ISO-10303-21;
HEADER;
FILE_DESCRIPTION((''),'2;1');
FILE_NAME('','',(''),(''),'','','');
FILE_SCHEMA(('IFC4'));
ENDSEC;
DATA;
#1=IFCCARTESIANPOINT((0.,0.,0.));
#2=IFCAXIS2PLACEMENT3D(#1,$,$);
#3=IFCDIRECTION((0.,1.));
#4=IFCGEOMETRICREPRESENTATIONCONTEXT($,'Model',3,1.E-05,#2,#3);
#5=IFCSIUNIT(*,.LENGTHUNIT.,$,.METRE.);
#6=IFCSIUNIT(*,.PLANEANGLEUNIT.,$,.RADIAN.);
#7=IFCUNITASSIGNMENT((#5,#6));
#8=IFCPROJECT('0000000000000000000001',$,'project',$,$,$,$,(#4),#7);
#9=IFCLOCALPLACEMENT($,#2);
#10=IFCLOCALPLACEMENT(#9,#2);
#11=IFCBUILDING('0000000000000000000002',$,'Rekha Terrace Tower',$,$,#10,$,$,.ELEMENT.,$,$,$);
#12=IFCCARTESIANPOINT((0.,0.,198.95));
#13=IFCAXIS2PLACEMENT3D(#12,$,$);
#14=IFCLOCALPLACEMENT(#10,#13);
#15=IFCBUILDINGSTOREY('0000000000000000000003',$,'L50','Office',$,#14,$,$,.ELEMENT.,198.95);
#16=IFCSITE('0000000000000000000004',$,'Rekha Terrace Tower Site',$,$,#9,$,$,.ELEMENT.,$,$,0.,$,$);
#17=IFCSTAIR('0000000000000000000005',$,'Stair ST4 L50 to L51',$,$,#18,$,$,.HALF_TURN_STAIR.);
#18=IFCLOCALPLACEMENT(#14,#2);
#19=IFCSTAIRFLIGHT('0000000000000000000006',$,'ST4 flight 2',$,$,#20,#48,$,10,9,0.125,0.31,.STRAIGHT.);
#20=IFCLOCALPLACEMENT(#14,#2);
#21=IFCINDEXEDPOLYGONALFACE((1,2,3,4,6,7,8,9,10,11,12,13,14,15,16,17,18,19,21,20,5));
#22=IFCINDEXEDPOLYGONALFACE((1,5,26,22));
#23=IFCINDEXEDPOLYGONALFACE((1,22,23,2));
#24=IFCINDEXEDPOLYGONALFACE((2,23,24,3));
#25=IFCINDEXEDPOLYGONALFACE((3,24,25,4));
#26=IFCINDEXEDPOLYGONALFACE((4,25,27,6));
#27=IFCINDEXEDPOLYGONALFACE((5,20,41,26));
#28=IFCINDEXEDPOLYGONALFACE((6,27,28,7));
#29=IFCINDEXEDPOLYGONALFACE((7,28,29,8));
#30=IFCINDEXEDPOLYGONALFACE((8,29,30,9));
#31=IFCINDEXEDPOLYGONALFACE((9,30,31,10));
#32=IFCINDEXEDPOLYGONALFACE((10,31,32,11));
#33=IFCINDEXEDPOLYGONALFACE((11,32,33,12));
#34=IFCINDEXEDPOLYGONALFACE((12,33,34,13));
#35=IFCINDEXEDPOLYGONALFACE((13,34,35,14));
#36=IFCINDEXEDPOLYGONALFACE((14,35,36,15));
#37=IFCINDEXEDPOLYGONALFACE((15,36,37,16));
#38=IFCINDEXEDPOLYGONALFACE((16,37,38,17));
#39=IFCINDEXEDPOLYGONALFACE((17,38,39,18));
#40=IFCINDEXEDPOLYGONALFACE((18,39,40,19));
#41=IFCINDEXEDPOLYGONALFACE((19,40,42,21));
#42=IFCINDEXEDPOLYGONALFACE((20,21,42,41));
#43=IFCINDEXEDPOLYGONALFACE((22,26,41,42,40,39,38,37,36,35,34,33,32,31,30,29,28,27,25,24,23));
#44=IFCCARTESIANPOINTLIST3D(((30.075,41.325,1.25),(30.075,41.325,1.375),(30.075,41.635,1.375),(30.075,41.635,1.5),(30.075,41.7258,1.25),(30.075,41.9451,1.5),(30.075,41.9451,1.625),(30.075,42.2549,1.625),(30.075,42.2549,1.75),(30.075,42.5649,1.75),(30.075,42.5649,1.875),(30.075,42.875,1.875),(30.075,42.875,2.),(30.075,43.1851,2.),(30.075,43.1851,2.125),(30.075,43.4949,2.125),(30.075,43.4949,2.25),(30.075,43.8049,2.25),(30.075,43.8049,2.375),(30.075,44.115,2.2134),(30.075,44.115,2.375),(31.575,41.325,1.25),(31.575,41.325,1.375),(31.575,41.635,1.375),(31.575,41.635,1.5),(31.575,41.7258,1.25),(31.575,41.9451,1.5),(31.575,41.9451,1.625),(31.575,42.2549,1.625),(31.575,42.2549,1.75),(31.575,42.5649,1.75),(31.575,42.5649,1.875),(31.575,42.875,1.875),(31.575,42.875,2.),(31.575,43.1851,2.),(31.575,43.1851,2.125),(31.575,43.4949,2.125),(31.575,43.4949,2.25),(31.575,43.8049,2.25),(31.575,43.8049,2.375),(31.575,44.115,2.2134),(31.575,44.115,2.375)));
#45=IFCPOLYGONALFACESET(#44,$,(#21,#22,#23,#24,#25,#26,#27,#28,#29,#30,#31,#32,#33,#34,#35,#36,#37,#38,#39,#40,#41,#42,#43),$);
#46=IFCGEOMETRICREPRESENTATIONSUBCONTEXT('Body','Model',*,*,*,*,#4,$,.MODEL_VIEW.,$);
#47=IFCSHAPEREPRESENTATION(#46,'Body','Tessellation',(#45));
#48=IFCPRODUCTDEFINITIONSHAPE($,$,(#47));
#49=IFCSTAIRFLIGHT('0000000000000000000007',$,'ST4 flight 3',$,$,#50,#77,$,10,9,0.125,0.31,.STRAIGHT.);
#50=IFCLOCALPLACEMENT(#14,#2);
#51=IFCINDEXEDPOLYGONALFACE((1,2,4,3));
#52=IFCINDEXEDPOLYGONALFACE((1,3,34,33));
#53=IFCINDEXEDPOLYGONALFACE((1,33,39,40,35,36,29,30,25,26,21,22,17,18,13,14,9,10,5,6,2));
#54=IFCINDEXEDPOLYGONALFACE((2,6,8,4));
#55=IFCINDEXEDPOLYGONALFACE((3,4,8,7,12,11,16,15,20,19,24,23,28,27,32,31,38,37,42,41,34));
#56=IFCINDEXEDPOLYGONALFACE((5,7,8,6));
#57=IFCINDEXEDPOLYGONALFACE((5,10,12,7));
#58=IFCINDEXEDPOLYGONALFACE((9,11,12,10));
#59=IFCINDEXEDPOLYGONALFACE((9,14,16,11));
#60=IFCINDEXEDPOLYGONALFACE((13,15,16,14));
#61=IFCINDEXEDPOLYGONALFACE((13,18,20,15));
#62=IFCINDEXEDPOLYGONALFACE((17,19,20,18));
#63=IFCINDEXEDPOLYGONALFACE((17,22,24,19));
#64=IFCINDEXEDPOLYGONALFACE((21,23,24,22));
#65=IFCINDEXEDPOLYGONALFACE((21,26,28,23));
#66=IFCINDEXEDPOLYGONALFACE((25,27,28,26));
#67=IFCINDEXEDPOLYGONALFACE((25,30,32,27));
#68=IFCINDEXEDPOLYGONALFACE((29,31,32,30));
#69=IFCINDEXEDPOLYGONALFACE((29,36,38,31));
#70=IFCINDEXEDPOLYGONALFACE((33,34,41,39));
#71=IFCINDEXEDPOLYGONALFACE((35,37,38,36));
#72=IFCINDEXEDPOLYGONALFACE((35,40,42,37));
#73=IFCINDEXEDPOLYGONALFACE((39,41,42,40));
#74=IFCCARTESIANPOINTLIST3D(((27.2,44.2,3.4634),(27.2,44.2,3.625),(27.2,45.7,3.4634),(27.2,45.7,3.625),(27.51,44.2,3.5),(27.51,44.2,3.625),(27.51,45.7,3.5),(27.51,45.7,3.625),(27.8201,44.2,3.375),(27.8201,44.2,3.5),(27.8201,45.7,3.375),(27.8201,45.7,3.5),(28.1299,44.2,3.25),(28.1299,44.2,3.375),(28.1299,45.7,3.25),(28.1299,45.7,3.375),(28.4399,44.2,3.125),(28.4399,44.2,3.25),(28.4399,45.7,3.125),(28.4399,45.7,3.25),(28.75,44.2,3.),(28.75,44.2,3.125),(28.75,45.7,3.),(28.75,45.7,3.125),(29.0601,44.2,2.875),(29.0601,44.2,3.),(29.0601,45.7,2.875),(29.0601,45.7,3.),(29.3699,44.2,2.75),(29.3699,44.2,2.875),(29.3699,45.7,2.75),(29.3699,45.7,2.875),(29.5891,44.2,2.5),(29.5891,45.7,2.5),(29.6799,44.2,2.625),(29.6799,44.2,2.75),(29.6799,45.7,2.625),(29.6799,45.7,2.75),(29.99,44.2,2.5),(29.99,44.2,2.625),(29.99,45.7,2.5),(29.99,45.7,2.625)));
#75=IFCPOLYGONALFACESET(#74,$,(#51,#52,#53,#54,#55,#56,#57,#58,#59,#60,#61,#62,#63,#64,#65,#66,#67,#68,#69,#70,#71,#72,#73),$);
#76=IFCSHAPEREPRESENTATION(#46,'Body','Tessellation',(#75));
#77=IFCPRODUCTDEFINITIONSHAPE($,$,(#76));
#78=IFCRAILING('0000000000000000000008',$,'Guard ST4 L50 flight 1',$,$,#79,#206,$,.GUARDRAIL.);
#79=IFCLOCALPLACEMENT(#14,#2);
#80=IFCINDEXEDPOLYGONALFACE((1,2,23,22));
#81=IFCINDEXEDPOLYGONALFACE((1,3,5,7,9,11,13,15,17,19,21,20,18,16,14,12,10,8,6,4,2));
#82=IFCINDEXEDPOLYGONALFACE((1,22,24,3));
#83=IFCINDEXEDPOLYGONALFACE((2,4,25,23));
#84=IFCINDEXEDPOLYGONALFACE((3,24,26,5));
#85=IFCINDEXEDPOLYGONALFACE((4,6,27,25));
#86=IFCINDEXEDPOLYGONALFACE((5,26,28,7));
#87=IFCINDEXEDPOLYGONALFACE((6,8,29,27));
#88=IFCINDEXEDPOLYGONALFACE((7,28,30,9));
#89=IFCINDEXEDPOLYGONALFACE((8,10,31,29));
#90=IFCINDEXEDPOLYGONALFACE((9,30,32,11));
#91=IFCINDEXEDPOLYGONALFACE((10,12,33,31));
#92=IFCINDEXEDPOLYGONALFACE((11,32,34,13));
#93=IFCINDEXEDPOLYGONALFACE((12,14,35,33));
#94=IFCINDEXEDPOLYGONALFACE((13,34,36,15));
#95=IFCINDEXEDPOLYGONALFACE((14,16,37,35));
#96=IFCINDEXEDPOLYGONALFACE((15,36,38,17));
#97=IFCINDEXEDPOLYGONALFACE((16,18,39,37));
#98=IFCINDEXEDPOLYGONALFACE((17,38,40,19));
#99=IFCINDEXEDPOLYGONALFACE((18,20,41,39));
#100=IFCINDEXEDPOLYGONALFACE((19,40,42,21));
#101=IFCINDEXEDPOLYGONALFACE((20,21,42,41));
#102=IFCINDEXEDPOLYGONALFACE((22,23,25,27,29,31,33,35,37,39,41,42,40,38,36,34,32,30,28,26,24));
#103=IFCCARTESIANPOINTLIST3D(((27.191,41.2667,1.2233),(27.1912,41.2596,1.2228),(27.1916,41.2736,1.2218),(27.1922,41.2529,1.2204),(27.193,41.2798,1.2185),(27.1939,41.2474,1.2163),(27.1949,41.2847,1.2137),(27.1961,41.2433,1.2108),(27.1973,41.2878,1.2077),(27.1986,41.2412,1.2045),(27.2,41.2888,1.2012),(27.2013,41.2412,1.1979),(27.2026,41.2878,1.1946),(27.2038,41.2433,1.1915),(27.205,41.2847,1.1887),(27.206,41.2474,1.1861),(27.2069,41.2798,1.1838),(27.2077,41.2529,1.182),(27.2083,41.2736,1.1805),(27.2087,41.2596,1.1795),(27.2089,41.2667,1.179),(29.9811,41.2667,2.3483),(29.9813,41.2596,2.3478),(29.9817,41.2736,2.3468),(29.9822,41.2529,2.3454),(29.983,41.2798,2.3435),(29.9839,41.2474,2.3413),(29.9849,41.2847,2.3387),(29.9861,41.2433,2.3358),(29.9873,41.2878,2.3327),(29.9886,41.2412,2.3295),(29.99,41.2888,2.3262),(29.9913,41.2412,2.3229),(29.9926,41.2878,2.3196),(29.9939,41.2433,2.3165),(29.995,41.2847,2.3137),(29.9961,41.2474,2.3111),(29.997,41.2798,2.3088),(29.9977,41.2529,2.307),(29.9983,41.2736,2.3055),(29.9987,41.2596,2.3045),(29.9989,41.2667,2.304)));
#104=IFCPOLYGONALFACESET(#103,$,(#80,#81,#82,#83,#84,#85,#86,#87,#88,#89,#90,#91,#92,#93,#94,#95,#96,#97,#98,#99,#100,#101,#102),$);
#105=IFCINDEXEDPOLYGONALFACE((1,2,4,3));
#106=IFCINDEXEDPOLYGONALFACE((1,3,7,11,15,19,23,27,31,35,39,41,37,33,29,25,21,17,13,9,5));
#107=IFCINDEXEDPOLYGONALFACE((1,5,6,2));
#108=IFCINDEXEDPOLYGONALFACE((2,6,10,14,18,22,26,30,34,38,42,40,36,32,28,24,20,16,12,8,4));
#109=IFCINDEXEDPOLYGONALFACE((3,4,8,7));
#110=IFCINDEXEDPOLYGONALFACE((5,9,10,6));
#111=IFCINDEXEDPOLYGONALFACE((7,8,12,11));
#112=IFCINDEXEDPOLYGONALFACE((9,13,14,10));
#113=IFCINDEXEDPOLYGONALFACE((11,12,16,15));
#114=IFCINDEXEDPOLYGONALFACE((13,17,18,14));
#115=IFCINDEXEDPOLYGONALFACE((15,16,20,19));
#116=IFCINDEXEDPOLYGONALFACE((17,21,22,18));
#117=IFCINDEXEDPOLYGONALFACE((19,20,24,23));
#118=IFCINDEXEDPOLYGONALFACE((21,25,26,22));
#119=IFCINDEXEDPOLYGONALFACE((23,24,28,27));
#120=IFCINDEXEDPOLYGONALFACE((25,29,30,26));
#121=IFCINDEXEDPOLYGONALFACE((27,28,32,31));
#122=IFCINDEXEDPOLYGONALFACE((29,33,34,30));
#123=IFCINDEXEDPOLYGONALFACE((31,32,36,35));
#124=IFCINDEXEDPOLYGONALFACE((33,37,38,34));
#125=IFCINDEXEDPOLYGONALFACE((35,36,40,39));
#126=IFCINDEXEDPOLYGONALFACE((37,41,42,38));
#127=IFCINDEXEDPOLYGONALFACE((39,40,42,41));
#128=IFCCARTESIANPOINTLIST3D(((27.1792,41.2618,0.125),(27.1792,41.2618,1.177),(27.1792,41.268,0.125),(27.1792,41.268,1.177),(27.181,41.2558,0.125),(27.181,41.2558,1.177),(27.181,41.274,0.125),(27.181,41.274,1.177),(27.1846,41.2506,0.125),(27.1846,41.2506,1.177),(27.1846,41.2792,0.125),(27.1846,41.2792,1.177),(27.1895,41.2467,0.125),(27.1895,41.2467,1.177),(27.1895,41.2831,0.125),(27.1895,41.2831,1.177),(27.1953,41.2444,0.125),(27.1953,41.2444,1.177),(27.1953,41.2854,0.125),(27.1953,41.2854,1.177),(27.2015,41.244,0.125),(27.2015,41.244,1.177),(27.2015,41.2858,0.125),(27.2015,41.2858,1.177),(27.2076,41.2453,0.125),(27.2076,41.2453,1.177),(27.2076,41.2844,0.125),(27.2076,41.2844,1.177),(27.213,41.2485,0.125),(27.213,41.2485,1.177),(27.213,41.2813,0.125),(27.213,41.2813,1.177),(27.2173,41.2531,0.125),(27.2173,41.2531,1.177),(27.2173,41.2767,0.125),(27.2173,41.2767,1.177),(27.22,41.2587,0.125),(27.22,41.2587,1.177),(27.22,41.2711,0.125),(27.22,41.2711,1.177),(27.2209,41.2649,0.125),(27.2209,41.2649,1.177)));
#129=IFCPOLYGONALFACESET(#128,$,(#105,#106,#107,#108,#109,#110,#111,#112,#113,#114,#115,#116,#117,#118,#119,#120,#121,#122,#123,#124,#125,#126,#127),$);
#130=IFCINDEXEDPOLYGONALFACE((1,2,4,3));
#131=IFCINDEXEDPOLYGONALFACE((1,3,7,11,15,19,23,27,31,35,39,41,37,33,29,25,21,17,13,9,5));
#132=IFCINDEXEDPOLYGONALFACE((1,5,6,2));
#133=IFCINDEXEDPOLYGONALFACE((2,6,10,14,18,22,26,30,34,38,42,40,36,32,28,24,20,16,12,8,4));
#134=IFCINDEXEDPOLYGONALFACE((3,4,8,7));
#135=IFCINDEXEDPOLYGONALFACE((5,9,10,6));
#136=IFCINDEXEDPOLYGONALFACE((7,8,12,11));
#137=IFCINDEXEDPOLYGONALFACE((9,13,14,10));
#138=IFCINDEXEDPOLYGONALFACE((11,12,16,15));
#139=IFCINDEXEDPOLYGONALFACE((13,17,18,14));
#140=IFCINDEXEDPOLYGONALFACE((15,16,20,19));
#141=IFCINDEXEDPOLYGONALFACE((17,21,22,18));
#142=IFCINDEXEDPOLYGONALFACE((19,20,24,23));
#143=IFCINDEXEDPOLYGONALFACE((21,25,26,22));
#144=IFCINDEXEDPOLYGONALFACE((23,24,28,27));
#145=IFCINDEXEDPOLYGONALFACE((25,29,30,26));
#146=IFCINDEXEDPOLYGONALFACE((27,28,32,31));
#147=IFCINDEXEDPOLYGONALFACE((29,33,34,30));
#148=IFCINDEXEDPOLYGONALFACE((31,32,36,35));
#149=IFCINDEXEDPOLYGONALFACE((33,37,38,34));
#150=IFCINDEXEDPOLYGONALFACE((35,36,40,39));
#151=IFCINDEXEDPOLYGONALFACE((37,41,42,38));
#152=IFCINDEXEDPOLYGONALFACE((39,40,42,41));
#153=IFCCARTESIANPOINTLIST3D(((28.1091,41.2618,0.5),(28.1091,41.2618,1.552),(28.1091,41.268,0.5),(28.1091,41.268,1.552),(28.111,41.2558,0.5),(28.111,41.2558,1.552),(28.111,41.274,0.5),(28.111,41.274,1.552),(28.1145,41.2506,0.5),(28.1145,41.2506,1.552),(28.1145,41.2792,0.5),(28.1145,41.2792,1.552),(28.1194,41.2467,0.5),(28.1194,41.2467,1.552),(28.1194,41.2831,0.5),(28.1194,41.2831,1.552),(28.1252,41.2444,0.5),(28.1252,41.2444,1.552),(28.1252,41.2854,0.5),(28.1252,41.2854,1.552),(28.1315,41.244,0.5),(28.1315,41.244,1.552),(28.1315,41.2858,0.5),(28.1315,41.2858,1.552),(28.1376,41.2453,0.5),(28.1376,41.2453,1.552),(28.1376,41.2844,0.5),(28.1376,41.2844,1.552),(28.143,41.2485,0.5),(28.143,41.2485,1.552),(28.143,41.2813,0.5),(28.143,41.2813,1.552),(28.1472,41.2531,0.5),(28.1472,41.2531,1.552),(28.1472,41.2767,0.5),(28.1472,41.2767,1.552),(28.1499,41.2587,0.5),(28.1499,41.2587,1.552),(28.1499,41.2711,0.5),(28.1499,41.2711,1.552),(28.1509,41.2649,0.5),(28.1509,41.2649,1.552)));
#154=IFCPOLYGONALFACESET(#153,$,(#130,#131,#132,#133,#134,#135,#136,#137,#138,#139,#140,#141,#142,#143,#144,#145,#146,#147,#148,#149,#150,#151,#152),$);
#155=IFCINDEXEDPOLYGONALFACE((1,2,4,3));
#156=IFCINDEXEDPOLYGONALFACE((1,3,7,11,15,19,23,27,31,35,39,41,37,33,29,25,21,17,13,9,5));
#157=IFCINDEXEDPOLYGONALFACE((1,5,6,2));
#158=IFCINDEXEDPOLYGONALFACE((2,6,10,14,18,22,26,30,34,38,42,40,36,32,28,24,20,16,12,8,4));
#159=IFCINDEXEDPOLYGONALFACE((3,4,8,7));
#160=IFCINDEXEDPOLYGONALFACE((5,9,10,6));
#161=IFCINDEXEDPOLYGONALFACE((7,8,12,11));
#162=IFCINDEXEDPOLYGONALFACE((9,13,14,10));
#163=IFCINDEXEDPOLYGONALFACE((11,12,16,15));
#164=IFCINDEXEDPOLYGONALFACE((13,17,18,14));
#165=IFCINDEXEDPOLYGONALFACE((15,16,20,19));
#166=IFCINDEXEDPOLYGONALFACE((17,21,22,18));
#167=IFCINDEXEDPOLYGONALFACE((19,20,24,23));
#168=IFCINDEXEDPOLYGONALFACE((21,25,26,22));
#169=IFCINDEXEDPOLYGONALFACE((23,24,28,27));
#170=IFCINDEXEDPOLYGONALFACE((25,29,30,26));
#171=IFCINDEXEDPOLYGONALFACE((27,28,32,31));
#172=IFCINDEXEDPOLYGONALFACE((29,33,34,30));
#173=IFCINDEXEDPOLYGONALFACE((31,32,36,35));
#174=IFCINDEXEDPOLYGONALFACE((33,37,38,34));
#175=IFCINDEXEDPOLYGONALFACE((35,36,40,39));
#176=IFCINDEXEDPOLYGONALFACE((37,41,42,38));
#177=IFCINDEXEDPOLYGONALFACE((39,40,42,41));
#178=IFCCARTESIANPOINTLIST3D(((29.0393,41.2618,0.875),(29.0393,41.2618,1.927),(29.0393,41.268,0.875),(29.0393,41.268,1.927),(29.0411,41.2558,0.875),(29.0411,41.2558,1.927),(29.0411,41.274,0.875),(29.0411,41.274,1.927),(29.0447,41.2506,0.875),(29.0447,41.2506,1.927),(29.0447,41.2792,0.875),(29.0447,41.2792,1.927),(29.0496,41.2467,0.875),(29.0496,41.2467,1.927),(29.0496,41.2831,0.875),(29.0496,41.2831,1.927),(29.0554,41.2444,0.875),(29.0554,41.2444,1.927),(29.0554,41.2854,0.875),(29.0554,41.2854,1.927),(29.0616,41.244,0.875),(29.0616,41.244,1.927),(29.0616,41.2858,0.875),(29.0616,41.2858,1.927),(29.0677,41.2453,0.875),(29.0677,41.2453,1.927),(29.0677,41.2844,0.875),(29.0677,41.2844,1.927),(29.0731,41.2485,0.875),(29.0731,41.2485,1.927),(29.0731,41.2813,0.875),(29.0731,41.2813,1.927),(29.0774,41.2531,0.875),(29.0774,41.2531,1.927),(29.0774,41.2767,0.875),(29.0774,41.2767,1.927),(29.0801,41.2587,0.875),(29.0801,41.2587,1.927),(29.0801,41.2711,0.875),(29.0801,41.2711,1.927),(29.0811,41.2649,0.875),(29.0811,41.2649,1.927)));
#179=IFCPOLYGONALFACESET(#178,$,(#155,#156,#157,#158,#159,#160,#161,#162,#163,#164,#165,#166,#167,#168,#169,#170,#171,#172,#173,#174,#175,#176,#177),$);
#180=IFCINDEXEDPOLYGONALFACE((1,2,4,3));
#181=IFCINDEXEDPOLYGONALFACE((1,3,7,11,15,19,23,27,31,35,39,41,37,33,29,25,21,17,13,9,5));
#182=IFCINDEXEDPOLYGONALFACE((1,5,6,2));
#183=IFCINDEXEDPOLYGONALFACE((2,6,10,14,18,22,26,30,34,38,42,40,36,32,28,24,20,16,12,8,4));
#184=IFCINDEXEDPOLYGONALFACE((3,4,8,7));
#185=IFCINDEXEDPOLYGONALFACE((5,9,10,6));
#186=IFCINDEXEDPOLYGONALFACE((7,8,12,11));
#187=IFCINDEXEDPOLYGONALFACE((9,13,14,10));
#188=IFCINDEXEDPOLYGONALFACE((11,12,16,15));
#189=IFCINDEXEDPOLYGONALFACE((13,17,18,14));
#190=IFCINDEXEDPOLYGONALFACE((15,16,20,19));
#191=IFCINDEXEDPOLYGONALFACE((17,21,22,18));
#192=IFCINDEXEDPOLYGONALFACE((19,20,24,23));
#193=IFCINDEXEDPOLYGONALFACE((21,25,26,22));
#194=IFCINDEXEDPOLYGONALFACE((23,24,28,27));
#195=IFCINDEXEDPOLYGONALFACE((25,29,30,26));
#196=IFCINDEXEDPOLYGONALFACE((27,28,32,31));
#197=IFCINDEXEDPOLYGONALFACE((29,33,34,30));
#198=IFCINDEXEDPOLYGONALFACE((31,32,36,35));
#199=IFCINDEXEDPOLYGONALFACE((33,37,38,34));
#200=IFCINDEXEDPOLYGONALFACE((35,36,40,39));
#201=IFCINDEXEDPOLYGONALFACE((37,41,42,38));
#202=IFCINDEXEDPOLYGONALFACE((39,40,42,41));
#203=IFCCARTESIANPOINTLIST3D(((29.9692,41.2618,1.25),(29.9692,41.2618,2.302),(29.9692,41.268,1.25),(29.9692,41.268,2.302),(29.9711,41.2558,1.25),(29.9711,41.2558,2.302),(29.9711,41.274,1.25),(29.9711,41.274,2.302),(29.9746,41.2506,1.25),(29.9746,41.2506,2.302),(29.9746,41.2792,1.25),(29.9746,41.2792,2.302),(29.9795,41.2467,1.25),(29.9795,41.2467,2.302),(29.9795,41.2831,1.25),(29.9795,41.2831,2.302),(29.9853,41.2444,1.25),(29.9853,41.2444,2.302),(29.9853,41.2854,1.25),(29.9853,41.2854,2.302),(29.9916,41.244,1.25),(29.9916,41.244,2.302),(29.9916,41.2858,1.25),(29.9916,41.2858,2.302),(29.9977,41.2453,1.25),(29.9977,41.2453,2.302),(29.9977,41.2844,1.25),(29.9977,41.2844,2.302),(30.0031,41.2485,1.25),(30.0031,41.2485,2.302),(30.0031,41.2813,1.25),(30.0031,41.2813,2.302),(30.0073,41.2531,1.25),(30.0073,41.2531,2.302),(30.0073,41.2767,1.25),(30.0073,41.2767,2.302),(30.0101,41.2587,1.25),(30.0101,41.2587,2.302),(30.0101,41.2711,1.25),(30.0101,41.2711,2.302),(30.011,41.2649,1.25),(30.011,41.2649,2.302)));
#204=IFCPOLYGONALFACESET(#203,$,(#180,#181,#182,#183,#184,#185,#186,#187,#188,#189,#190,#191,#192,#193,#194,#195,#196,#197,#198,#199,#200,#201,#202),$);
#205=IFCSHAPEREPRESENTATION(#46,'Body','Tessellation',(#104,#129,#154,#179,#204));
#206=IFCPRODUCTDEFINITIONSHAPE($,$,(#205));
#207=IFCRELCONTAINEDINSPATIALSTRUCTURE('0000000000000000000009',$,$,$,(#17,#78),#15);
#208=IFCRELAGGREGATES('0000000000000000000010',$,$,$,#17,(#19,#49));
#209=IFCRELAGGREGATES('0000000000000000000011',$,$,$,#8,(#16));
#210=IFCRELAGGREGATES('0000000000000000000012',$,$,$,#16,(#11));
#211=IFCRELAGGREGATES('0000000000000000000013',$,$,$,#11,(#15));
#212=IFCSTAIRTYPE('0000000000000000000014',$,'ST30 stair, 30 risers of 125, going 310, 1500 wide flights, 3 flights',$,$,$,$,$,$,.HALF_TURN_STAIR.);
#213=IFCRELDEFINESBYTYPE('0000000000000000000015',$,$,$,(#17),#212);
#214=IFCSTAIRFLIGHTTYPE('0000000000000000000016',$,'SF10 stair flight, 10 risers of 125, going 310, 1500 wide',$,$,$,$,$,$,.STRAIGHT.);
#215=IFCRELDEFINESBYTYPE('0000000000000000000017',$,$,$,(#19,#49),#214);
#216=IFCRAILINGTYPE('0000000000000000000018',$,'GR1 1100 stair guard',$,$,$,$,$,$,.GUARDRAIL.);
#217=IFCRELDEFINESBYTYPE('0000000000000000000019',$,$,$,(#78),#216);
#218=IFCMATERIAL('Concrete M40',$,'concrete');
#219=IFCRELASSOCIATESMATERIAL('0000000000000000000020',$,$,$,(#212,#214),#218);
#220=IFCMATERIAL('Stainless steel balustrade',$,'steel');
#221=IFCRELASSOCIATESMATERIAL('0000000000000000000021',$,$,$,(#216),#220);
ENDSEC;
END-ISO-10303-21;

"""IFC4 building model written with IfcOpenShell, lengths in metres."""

from ifc_helpers import new_model, si_unit, direction, frame, origin, origin_2d, place, context, subcontext, project, spatial, polyline, circle, outline, extrude, material, type_object, element, aggregate, save


model = new_model("IFC4")

# Units and contexts
model_context = context("Model", 3, precision=1e-05, world=origin(), true_north=direction((0.0, 1.0)))
body_context = subcontext(model_context, "Body", "Model", "MODEL_VIEW")
ifc_project = project(units=[si_unit("LENGTHUNIT", "METRE"), si_unit("PLANEANGLEUNIT", "RADIAN")], contexts=[model_context])

# Site, building, storey
site_placement = place(None, origin())
site = spatial("IfcSite", under=ifc_project, at=site_placement, Name="Rekha Terrace Tower Site", CompositionType="ELEMENT", RefElevation=0.0)
building_placement = place(site_placement, origin())
building = spatial("IfcBuilding", under=site, at=building_placement, Name="Rekha Terrace Tower", CompositionType="ELEMENT")
storey_placement = place(building_placement, frame((0.0, 0.0, 198.95)))
storey = spatial("IfcBuildingStorey", under=building, at=storey_placement, Name="L50", Description="Office", CompositionType="ELEMENT", Elevation=198.95)

# Stair, stair flights
ifc_material_1 = material(Name="Concrete M40", Category="concrete")
stair_type = type_object("IfcStairType", Name="ST30 stair, 30 risers of 125, going 310, 1500 wide flights, 3 flights", PredefinedType="HALF_TURN_STAIR", material=ifc_material_1)
stair_placement = place(storey_placement, origin())
stair = element("IfcStair", 1, at=stair_placement, inside=storey, type_object=stair_type, Name="Stair ST4 L50 to L51", PredefinedType="HALF_TURN_STAIR")
stair_flight_type = type_object("IfcStairFlightType", Name="SF10 stair flight, 10 risers of 125, going 310, 1500 wide", PredefinedType="STRAIGHT", material=ifc_material_1)
stair_flight_1_placement = place(storey_placement, frame((30.825, 41.325, 1.25), z_axis=(0.0, 0.0, 1.0), x_axis=(0.0, 1.0, 0.0)))
stair_flight_1 = element("IfcStairFlight", 2, at=stair_flight_1_placement, type_object=stair_flight_type, Name="ST4 flight 2", NumberOfRisers=10, NumberOfTreads=9, PredefinedType="STRAIGHT", RiserHeight=0.125, TreadLength=0.31, context=body_context, shape_type="SweptSolid", body=[
    extrude(outline(polyline([(0.0, 0.0), (0.0, 0.125), (0.3101, 0.125), (0.3101, 0.25), (0.6201, 0.25), (0.6201, 0.375), (0.9299, 0.375), (0.9299, 0.5), (1.24, 0.5), (1.24, 0.625), (1.55, 0.625), (1.55, 0.75), (1.8601, 0.75), (1.8601, 0.875), (2.1699, 0.875), (2.1699, 1.0), (2.48, 1.0), (2.48, 1.125), (2.79, 1.125), (2.79, 1.25), (2.79, 0.9634), (0.4009, 0.0), (0.0, 0.0)])), frame((0.0, 0.75, 0.0), z_axis=(0.0, -1.0, 0.0), x_axis=(1.0, 0.0, 0.0)), (0.0, 0.0, 1.0), 1.5),
])
stair_flight_2_placement = place(storey_placement, frame((29.99, 44.95, 2.5), z_axis=(0.0, 0.0, 1.0), x_axis=(-1.0, 0.0, 0.0)))
stair_flight_2 = element("IfcStairFlight", 3, at=stair_flight_2_placement, type_object=stair_flight_type, Name="ST4 flight 3", NumberOfRisers=10, NumberOfTreads=9, PredefinedType="STRAIGHT", RiserHeight=0.125, TreadLength=0.31, context=body_context, shape_type="SweptSolid", body=[
    extrude(outline(polyline([(0.0, 0.0), (0.0, 0.125), (0.3101, 0.125), (0.3101, 0.25), (0.6201, 0.25), (0.6201, 0.375), (0.9299, 0.375), (0.9299, 0.5), (1.24, 0.5), (1.24, 0.625), (1.55, 0.625), (1.55, 0.75), (1.8601, 0.75), (1.8601, 0.875), (2.1699, 0.875), (2.1699, 1.0), (2.48, 1.0), (2.48, 1.125), (2.79, 1.125), (2.79, 1.25), (2.79, 0.9634), (0.4009, 0.0), (0.0, 0.0)])), frame((0.0, 0.75, 0.0), z_axis=(0.0, -1.0, 0.0), x_axis=(1.0, 0.0, 0.0)), (0.0, 0.0, 1.0), 1.5),
])
aggregate(stair, [stair_flight_1, stair_flight_2])

# Railing
ifc_material_2 = material(Name="Stainless steel balustrade", Category="steel")
railing_type_1 = type_object("IfcRailingType", Name="GR1 1100 stair guard", PredefinedType="GUARDRAIL", material=ifc_material_2)
railing_1_placement = place(storey_placement, frame((27.2, 41.2649, 0.125)))
element("IfcRailing", 4, at=railing_1_placement, inside=storey, type_object=railing_type_1, Name="Guard ST4 L50 flight 1", PredefinedType="GUARDRAIL", context=body_context, shape_type="SweptSolid", body=[
    extrude(circle(Radius=0.0239, at=origin_2d()), frame((0.0, 0.0, 1.0762), z_axis=(0.927443, 0.0, 0.373964), x_axis=(0.0, 1.0, 0.0)), (0.0, 0.0, 1.0), 3.0083),
    extrude(circle(Radius=0.021, at=origin_2d()), origin(), (0.0, 0.0, 1.0), 1.052),
    extrude(circle(Radius=0.021, at=origin_2d()), frame((0.9299, 0.0, 0.375)), (0.0, 0.0, 1.0), 1.052),
    extrude(circle(Radius=0.021, at=origin_2d()), frame((1.8601, 0.0, 0.75)), (0.0, 0.0, 1.0), 1.052),
    extrude(circle(Radius=0.021, at=origin_2d()), frame((2.79, 0.0, 1.125)), (0.0, 0.0, 1.0), 1.052),
])

save(model, "model.ifc")
